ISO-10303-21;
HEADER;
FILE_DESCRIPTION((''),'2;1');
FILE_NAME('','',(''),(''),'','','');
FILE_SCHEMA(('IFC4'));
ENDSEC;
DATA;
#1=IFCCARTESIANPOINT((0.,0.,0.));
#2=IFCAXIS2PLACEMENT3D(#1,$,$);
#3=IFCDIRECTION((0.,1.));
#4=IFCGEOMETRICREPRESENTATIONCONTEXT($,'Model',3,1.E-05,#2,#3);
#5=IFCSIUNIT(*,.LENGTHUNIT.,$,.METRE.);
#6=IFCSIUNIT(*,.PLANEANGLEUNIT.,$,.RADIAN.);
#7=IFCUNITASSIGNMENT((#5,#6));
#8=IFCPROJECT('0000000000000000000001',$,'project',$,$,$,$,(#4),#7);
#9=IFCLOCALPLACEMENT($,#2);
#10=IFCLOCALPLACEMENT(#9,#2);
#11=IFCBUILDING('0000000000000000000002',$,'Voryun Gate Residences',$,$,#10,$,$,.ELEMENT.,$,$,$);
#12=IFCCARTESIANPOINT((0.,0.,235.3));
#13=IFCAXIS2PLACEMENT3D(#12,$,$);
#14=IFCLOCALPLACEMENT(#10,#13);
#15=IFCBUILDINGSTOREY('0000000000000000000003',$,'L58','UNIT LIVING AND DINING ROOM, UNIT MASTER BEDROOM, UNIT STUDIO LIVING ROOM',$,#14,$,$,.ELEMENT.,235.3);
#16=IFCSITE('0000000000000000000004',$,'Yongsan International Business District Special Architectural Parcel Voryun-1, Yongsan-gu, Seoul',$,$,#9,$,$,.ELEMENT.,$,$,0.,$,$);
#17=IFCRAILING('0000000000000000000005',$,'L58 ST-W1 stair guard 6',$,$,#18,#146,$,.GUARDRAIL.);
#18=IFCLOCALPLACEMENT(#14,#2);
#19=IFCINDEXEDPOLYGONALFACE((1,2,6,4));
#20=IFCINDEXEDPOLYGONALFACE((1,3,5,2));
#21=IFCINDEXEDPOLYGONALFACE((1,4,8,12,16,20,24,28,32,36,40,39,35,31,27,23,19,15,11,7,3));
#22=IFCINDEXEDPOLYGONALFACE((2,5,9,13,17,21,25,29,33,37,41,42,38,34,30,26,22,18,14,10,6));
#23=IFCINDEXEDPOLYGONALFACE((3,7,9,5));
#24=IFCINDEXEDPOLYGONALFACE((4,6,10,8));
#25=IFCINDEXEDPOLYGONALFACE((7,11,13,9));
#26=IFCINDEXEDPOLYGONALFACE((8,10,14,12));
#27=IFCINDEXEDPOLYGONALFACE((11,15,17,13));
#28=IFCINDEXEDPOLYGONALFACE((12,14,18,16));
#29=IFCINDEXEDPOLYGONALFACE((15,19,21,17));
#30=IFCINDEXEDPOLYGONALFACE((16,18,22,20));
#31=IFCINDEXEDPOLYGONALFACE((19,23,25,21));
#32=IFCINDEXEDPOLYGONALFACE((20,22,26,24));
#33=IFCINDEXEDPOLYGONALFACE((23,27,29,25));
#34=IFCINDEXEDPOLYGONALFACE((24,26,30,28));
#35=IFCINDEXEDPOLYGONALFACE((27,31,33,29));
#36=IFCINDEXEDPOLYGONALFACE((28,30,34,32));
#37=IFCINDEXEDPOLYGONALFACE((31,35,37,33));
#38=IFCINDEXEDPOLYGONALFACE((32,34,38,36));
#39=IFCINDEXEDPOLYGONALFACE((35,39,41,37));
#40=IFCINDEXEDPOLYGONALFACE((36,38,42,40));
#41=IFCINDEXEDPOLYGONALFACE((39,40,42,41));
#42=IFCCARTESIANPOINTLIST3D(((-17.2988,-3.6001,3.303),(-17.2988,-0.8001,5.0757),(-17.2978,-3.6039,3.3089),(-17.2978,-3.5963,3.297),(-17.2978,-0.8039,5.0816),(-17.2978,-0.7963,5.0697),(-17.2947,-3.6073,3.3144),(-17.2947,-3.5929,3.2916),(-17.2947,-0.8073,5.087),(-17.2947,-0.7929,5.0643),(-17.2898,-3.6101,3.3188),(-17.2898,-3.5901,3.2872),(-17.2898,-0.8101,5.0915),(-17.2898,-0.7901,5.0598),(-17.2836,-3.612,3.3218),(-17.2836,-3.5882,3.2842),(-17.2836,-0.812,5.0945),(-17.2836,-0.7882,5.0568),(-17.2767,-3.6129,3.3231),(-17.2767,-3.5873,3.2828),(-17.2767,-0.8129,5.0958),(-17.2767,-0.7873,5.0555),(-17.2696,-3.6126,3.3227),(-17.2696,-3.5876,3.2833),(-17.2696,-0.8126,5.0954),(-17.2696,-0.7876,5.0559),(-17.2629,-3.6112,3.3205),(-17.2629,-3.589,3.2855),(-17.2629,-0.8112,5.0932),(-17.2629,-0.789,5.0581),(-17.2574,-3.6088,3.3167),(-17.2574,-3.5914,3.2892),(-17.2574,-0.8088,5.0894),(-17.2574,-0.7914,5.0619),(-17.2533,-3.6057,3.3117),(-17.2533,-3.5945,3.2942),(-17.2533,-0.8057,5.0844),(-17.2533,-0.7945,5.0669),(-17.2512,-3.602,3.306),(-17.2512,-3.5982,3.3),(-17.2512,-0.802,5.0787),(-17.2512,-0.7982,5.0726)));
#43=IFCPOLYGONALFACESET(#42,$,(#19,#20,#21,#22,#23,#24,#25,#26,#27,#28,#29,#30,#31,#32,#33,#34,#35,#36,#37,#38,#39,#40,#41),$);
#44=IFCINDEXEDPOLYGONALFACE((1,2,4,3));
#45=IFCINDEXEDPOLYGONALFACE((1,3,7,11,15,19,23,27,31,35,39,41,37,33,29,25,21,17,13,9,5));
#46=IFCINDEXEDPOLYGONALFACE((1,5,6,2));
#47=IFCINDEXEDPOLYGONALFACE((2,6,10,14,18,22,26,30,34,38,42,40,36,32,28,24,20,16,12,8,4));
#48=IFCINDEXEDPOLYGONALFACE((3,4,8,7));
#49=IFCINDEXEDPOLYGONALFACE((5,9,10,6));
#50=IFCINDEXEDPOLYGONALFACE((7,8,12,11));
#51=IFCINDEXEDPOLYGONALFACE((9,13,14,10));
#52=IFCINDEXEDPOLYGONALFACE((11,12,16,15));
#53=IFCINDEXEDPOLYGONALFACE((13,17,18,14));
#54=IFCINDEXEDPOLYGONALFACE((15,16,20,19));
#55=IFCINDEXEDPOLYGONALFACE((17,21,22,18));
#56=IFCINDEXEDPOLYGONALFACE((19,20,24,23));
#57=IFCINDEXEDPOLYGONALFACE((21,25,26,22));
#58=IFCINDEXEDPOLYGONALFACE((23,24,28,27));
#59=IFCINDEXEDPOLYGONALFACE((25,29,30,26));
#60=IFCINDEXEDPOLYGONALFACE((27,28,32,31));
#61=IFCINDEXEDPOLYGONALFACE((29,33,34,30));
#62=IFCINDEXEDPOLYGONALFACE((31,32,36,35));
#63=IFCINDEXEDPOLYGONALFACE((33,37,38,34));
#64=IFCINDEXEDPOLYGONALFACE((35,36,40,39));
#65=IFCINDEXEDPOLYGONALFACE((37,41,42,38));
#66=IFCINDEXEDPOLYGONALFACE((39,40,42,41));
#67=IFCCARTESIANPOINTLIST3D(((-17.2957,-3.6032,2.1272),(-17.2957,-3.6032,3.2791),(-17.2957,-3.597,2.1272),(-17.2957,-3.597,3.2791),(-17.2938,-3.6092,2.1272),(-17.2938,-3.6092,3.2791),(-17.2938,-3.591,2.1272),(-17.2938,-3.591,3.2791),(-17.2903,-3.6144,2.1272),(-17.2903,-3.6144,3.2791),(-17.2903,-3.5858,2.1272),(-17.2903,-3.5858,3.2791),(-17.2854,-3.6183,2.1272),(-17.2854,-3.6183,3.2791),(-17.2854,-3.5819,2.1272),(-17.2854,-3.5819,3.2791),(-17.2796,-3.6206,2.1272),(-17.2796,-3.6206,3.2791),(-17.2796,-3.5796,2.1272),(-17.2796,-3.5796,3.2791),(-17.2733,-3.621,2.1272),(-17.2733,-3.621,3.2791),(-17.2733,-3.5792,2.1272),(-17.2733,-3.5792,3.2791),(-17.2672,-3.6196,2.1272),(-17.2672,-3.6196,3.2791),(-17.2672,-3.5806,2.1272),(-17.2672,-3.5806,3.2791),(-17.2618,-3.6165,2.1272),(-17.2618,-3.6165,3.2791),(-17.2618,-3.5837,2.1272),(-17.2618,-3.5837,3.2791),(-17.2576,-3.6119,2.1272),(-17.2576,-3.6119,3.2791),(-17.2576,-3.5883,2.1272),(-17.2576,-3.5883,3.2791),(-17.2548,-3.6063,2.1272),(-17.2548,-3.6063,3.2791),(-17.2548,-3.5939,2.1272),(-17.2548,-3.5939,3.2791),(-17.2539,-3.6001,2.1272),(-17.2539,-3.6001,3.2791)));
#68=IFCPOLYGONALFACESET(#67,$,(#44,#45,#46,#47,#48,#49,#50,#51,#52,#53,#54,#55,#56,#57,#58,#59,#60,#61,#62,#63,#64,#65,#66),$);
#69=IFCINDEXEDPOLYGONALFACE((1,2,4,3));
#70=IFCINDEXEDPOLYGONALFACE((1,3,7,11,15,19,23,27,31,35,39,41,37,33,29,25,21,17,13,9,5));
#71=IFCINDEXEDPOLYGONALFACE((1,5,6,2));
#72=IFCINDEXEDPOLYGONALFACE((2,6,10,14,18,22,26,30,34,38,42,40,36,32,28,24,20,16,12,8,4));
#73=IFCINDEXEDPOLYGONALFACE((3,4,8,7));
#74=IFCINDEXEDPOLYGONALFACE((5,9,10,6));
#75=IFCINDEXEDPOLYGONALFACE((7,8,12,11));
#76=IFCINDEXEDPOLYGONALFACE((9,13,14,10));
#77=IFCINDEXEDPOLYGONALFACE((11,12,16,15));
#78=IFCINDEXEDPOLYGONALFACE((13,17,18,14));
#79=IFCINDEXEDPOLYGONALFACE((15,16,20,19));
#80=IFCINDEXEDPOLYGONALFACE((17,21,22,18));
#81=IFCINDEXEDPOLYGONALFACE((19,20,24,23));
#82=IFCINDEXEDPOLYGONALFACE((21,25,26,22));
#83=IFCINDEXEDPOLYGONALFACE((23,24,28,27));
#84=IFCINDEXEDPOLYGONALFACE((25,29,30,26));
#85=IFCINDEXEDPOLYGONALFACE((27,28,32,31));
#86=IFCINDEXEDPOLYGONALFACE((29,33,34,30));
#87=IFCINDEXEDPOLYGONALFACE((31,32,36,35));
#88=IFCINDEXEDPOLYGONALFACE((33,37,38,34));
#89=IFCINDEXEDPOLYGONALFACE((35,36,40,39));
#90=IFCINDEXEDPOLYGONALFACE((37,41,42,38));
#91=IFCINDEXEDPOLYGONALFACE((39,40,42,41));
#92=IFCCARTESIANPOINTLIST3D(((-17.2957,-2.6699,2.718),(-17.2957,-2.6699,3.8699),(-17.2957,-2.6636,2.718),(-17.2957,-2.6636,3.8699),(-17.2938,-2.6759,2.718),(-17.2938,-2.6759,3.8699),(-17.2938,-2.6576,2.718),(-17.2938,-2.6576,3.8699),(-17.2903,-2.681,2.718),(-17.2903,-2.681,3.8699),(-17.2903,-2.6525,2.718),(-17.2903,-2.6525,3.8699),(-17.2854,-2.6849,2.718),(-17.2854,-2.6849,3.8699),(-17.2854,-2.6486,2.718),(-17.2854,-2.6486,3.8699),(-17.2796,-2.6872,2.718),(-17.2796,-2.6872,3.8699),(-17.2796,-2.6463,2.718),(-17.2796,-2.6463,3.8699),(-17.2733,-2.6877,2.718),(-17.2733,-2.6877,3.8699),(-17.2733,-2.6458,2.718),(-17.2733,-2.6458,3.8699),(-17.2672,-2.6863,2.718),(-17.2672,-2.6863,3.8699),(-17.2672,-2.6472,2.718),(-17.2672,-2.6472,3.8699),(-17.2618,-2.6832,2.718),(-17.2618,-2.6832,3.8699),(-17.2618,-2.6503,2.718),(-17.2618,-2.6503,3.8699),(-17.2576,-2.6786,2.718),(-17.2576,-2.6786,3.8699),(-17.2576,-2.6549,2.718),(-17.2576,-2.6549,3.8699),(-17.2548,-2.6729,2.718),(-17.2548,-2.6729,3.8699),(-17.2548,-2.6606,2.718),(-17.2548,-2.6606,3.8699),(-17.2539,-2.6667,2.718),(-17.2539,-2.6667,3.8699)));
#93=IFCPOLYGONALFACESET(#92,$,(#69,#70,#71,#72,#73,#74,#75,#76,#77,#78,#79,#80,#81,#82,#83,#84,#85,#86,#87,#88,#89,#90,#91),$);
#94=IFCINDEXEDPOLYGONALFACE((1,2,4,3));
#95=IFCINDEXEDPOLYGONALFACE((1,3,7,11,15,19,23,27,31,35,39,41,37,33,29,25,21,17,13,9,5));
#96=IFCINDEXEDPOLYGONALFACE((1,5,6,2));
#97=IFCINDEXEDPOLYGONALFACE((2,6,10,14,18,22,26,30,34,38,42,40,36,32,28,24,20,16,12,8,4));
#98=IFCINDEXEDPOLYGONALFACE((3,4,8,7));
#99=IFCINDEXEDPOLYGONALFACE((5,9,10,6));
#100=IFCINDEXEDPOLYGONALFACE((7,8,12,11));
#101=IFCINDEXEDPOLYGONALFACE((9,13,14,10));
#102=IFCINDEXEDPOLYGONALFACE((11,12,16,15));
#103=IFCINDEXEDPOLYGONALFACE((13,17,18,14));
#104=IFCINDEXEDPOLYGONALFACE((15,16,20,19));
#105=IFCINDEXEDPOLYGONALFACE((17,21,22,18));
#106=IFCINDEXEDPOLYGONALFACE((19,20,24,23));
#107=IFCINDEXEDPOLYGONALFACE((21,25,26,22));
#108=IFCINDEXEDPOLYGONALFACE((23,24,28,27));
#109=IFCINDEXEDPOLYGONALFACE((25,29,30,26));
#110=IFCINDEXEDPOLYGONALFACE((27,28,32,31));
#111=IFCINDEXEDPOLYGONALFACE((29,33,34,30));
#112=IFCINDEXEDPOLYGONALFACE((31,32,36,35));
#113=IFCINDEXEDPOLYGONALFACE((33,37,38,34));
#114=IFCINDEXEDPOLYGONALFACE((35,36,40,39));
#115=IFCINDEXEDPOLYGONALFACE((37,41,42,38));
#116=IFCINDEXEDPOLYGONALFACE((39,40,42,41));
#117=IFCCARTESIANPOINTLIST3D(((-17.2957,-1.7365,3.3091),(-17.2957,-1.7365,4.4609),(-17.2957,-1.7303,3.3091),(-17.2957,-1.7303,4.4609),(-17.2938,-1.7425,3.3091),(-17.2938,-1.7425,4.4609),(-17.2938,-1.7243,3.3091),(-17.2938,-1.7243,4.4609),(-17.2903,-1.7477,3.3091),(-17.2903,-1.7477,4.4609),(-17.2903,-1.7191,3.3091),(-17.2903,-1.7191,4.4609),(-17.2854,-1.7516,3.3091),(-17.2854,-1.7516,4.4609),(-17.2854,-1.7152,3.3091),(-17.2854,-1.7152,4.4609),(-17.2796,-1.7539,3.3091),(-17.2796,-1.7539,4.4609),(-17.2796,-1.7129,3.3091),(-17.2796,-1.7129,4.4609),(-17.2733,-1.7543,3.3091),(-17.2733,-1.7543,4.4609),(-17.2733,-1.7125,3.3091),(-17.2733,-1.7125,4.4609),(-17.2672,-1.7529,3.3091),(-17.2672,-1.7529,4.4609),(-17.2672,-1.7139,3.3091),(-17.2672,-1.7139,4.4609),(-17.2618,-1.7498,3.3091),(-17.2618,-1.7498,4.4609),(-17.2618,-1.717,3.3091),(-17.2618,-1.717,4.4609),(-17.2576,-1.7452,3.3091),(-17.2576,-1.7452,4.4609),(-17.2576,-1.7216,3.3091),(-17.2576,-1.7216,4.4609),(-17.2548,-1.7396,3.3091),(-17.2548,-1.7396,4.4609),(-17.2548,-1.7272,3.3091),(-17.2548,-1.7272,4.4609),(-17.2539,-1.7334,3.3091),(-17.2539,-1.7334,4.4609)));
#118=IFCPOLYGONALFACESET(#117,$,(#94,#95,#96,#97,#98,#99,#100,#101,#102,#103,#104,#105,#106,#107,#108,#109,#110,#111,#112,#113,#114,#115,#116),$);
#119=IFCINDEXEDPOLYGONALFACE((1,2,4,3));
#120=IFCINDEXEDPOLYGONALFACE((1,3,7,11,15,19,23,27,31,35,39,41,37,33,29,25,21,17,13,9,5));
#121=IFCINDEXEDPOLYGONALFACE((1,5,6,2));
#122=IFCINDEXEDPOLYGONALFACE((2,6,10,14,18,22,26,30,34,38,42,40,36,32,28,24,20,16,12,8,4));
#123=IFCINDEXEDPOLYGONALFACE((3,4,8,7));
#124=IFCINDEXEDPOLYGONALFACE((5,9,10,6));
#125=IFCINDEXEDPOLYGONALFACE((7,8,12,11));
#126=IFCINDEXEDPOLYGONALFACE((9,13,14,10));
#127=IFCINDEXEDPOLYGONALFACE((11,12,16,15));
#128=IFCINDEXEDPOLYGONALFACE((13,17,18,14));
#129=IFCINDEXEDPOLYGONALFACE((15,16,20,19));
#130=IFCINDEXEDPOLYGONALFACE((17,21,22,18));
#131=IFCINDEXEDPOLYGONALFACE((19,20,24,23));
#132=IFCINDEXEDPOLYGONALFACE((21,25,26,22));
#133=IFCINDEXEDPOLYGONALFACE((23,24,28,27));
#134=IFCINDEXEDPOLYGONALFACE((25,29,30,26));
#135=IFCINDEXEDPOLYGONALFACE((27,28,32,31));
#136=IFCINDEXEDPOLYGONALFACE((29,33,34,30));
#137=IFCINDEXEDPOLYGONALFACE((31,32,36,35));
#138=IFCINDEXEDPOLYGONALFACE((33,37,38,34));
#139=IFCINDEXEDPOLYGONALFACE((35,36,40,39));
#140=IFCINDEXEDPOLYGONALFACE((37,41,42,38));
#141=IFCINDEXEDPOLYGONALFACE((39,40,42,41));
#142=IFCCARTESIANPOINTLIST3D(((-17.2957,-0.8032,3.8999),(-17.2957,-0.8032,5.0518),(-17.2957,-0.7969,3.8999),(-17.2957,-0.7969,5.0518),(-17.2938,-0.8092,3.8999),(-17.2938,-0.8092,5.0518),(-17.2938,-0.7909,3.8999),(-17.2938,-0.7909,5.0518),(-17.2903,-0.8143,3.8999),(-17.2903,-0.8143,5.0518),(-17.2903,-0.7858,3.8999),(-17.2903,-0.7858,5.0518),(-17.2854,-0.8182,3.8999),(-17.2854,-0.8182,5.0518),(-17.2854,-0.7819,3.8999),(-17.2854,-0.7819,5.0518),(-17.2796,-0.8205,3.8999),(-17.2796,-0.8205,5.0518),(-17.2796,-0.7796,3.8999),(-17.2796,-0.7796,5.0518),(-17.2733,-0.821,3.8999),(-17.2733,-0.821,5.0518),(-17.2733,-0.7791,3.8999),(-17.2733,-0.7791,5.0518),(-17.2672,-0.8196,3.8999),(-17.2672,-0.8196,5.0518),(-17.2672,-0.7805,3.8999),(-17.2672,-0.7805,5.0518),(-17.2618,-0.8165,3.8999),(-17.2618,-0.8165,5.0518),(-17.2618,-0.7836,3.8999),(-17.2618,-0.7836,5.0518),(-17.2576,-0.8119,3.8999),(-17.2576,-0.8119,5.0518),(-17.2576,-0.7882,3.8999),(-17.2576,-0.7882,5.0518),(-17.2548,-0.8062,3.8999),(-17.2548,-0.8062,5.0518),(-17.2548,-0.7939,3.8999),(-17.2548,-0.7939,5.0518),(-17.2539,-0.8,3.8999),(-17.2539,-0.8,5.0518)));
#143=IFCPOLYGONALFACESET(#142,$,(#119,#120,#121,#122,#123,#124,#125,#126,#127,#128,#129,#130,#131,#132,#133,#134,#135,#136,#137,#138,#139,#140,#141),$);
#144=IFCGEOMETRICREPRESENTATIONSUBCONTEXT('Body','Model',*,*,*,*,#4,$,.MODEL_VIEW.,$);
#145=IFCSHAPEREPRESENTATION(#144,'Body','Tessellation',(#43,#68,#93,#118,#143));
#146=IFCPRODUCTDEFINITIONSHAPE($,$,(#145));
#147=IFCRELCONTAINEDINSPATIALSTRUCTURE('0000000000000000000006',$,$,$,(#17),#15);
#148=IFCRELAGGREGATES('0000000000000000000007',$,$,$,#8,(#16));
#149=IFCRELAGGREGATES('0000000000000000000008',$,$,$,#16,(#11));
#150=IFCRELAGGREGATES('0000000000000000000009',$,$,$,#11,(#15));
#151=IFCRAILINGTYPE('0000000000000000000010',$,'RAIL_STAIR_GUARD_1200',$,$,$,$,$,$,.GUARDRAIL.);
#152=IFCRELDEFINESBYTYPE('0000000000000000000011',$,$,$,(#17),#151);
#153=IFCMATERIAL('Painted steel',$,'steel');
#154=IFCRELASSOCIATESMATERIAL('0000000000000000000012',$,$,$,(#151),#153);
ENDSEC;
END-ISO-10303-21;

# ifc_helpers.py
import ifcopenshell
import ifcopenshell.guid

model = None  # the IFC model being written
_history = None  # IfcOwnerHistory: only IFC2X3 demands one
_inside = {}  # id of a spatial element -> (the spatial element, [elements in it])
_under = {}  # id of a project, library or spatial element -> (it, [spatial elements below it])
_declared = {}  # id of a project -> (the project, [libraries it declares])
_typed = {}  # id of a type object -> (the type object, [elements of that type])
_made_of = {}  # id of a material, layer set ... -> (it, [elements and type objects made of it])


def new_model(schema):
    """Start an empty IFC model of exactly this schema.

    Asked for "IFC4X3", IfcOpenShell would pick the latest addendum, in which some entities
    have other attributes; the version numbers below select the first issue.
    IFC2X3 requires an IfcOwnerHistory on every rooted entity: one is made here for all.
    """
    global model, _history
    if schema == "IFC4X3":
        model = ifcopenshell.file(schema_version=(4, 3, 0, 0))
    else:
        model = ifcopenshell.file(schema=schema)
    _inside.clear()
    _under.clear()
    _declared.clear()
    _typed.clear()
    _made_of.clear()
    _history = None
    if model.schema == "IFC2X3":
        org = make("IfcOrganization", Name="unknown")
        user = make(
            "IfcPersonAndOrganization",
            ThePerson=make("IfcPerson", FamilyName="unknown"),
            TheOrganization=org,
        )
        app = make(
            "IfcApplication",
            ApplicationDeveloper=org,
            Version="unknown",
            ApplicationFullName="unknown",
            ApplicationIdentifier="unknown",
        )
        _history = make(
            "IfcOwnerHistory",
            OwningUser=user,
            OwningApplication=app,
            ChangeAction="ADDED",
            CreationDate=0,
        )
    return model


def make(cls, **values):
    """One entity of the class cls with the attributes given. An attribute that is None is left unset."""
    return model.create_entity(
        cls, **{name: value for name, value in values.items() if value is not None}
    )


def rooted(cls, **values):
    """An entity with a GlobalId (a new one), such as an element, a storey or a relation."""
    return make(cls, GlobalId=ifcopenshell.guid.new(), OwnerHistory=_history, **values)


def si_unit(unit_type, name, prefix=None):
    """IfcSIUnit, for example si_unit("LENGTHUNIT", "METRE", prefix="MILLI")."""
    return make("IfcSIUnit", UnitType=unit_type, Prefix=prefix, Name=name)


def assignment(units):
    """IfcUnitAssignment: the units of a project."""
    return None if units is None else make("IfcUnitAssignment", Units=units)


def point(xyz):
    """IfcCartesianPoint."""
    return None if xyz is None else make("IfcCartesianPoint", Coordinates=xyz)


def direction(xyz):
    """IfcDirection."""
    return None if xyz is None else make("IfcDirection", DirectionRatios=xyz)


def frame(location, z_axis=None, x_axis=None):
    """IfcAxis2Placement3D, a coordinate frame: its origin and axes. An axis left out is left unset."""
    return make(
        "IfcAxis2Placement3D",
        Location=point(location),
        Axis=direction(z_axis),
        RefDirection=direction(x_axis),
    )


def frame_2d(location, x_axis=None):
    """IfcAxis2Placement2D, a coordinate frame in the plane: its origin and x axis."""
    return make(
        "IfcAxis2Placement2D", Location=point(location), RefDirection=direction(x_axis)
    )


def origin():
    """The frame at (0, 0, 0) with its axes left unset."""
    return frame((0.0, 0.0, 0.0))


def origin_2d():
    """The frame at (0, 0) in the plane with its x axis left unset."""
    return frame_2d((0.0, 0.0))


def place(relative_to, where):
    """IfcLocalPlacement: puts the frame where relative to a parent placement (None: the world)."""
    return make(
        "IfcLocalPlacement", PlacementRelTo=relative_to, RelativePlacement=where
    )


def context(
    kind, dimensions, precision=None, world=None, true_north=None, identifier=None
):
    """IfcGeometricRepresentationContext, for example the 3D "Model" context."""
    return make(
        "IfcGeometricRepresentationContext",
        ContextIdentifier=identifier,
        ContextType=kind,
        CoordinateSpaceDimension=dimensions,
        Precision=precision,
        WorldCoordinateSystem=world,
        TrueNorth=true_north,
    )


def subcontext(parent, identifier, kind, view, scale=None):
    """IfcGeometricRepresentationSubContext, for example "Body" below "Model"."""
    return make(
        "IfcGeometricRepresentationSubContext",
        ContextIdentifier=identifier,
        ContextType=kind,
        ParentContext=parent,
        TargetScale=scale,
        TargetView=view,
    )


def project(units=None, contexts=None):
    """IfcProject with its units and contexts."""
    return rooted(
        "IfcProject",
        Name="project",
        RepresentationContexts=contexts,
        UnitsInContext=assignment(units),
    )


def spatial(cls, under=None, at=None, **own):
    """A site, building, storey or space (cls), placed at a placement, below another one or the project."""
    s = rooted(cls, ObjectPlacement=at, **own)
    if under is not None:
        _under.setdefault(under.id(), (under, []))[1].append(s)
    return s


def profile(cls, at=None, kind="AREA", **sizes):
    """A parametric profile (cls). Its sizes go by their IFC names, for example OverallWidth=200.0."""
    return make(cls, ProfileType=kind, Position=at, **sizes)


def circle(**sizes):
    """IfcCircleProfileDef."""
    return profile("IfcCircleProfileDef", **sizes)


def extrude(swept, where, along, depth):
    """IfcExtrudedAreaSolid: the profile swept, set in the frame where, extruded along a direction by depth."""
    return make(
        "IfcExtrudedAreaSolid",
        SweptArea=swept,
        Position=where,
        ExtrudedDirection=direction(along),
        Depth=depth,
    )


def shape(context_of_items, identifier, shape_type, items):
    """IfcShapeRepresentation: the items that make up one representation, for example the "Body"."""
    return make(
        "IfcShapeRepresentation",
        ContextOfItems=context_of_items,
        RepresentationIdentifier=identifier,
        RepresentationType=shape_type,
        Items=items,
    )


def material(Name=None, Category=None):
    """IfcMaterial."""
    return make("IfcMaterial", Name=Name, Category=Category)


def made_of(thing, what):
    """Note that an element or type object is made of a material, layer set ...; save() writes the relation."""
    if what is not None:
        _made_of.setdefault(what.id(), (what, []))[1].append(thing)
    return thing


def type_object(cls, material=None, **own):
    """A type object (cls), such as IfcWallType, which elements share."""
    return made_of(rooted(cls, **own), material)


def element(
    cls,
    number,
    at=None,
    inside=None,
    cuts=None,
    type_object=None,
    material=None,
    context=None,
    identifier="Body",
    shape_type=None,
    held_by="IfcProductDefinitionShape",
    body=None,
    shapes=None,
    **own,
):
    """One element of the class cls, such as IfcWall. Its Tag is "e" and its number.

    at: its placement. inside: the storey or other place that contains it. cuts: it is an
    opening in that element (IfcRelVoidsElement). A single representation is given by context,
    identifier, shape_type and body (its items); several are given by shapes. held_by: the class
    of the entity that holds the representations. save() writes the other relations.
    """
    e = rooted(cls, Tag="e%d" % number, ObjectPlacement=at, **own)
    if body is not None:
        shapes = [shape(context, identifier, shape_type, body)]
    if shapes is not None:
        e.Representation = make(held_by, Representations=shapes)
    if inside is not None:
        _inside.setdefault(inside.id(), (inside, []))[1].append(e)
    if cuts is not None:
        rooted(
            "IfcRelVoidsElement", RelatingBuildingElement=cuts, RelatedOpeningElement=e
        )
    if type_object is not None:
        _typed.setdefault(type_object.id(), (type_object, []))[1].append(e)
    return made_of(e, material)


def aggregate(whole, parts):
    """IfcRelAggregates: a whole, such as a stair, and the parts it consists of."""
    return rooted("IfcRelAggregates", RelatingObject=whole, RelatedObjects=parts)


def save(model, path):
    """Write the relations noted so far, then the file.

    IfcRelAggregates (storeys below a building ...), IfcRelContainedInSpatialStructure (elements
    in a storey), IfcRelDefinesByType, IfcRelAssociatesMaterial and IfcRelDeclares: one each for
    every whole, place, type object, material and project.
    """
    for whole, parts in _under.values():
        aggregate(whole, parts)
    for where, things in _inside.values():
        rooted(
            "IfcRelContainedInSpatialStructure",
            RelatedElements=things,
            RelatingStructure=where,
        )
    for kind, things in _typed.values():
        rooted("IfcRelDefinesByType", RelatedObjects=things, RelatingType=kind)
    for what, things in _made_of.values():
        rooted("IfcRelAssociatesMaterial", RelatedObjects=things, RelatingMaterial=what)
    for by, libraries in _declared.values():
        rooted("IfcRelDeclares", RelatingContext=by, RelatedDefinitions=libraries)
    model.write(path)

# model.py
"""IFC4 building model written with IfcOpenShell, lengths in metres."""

from ifc_helpers import new_model, si_unit, direction, frame, origin, origin_2d, place, context, subcontext, project, spatial, circle, extrude, material, type_object, element, save


model = new_model("IFC4")

# Units and contexts
model_context = context("Model", 3, precision=1e-05, world=origin(), true_north=direction((0.0, 1.0)))
body_context = subcontext(model_context, "Body", "Model", "MODEL_VIEW")
ifc_project = project(units=[si_unit("LENGTHUNIT", "METRE"), si_unit("PLANEANGLEUNIT", "RADIAN")], contexts=[model_context])

# Site, building, storey
site_placement = place(None, origin())
site = spatial("IfcSite", under=ifc_project, at=site_placement, Name="Yongsan International Business District Special Architectural Parcel Voryun-1, Yongsan-gu, Seoul", CompositionType="ELEMENT", RefElevation=0.0)
building_placement = place(site_placement, origin())
building = spatial("IfcBuilding", under=site, at=building_placement, Name="Voryun Gate Residences", CompositionType="ELEMENT")
storey_placement = place(building_placement, frame((0.0, 0.0, 235.3)))
storey = spatial("IfcBuildingStorey", under=building, at=storey_placement, Name="L58", Description="UNIT LIVING AND DINING ROOM, UNIT MASTER BEDROOM, UNIT STUDIO LIVING ROOM", CompositionType="ELEMENT", Elevation=235.3)

# Railing
ifc_material_1 = material(Name="Painted steel", Category="steel")
railing_type_1 = type_object("IfcRailingType", Name="RAIL_STAIR_GUARD_1200", PredefinedType="GUARDRAIL", material=ifc_material_1)
railing_1_placement = place(storey_placement, frame((-17.2749, -3.6001, 2.1272)))
element("IfcRailing", 1, at=railing_1_placement, inside=storey, type_object=railing_type_1, Name="L58 ST-W1 stair guard 6", PredefinedType="GUARDRAIL", context=body_context, shape_type="SweptSolid", body=[
    extrude(circle(Radius=0.0239, at=origin_2d()), frame((0.0, 0.0, 1.1758), z_axis=(0.0, 0.844909, 0.53491), x_axis=(-1.0, 0.0, 0.0)), (0.0, 0.0, 1.0), 3.314),
    extrude(circle(Radius=0.021, at=origin_2d()), origin(), (0.0, 0.0, 1.0), 1.1519),
    extrude(circle(Radius=0.021, at=origin_2d()), frame((0.0, 0.9333, 0.5908)), (0.0, 0.0, 1.0), 1.1519),
    extrude(circle(Radius=0.021, at=origin_2d()), frame((0.0, 1.8667, 1.1819)), (0.0, 0.0, 1.0), 1.1519),
    extrude(circle(Radius=0.021, at=origin_2d()), frame((0.0, 2.8, 1.7727)), (0.0, 0.0, 1.0), 1.1519),
])

save(model, "model.ifc")
